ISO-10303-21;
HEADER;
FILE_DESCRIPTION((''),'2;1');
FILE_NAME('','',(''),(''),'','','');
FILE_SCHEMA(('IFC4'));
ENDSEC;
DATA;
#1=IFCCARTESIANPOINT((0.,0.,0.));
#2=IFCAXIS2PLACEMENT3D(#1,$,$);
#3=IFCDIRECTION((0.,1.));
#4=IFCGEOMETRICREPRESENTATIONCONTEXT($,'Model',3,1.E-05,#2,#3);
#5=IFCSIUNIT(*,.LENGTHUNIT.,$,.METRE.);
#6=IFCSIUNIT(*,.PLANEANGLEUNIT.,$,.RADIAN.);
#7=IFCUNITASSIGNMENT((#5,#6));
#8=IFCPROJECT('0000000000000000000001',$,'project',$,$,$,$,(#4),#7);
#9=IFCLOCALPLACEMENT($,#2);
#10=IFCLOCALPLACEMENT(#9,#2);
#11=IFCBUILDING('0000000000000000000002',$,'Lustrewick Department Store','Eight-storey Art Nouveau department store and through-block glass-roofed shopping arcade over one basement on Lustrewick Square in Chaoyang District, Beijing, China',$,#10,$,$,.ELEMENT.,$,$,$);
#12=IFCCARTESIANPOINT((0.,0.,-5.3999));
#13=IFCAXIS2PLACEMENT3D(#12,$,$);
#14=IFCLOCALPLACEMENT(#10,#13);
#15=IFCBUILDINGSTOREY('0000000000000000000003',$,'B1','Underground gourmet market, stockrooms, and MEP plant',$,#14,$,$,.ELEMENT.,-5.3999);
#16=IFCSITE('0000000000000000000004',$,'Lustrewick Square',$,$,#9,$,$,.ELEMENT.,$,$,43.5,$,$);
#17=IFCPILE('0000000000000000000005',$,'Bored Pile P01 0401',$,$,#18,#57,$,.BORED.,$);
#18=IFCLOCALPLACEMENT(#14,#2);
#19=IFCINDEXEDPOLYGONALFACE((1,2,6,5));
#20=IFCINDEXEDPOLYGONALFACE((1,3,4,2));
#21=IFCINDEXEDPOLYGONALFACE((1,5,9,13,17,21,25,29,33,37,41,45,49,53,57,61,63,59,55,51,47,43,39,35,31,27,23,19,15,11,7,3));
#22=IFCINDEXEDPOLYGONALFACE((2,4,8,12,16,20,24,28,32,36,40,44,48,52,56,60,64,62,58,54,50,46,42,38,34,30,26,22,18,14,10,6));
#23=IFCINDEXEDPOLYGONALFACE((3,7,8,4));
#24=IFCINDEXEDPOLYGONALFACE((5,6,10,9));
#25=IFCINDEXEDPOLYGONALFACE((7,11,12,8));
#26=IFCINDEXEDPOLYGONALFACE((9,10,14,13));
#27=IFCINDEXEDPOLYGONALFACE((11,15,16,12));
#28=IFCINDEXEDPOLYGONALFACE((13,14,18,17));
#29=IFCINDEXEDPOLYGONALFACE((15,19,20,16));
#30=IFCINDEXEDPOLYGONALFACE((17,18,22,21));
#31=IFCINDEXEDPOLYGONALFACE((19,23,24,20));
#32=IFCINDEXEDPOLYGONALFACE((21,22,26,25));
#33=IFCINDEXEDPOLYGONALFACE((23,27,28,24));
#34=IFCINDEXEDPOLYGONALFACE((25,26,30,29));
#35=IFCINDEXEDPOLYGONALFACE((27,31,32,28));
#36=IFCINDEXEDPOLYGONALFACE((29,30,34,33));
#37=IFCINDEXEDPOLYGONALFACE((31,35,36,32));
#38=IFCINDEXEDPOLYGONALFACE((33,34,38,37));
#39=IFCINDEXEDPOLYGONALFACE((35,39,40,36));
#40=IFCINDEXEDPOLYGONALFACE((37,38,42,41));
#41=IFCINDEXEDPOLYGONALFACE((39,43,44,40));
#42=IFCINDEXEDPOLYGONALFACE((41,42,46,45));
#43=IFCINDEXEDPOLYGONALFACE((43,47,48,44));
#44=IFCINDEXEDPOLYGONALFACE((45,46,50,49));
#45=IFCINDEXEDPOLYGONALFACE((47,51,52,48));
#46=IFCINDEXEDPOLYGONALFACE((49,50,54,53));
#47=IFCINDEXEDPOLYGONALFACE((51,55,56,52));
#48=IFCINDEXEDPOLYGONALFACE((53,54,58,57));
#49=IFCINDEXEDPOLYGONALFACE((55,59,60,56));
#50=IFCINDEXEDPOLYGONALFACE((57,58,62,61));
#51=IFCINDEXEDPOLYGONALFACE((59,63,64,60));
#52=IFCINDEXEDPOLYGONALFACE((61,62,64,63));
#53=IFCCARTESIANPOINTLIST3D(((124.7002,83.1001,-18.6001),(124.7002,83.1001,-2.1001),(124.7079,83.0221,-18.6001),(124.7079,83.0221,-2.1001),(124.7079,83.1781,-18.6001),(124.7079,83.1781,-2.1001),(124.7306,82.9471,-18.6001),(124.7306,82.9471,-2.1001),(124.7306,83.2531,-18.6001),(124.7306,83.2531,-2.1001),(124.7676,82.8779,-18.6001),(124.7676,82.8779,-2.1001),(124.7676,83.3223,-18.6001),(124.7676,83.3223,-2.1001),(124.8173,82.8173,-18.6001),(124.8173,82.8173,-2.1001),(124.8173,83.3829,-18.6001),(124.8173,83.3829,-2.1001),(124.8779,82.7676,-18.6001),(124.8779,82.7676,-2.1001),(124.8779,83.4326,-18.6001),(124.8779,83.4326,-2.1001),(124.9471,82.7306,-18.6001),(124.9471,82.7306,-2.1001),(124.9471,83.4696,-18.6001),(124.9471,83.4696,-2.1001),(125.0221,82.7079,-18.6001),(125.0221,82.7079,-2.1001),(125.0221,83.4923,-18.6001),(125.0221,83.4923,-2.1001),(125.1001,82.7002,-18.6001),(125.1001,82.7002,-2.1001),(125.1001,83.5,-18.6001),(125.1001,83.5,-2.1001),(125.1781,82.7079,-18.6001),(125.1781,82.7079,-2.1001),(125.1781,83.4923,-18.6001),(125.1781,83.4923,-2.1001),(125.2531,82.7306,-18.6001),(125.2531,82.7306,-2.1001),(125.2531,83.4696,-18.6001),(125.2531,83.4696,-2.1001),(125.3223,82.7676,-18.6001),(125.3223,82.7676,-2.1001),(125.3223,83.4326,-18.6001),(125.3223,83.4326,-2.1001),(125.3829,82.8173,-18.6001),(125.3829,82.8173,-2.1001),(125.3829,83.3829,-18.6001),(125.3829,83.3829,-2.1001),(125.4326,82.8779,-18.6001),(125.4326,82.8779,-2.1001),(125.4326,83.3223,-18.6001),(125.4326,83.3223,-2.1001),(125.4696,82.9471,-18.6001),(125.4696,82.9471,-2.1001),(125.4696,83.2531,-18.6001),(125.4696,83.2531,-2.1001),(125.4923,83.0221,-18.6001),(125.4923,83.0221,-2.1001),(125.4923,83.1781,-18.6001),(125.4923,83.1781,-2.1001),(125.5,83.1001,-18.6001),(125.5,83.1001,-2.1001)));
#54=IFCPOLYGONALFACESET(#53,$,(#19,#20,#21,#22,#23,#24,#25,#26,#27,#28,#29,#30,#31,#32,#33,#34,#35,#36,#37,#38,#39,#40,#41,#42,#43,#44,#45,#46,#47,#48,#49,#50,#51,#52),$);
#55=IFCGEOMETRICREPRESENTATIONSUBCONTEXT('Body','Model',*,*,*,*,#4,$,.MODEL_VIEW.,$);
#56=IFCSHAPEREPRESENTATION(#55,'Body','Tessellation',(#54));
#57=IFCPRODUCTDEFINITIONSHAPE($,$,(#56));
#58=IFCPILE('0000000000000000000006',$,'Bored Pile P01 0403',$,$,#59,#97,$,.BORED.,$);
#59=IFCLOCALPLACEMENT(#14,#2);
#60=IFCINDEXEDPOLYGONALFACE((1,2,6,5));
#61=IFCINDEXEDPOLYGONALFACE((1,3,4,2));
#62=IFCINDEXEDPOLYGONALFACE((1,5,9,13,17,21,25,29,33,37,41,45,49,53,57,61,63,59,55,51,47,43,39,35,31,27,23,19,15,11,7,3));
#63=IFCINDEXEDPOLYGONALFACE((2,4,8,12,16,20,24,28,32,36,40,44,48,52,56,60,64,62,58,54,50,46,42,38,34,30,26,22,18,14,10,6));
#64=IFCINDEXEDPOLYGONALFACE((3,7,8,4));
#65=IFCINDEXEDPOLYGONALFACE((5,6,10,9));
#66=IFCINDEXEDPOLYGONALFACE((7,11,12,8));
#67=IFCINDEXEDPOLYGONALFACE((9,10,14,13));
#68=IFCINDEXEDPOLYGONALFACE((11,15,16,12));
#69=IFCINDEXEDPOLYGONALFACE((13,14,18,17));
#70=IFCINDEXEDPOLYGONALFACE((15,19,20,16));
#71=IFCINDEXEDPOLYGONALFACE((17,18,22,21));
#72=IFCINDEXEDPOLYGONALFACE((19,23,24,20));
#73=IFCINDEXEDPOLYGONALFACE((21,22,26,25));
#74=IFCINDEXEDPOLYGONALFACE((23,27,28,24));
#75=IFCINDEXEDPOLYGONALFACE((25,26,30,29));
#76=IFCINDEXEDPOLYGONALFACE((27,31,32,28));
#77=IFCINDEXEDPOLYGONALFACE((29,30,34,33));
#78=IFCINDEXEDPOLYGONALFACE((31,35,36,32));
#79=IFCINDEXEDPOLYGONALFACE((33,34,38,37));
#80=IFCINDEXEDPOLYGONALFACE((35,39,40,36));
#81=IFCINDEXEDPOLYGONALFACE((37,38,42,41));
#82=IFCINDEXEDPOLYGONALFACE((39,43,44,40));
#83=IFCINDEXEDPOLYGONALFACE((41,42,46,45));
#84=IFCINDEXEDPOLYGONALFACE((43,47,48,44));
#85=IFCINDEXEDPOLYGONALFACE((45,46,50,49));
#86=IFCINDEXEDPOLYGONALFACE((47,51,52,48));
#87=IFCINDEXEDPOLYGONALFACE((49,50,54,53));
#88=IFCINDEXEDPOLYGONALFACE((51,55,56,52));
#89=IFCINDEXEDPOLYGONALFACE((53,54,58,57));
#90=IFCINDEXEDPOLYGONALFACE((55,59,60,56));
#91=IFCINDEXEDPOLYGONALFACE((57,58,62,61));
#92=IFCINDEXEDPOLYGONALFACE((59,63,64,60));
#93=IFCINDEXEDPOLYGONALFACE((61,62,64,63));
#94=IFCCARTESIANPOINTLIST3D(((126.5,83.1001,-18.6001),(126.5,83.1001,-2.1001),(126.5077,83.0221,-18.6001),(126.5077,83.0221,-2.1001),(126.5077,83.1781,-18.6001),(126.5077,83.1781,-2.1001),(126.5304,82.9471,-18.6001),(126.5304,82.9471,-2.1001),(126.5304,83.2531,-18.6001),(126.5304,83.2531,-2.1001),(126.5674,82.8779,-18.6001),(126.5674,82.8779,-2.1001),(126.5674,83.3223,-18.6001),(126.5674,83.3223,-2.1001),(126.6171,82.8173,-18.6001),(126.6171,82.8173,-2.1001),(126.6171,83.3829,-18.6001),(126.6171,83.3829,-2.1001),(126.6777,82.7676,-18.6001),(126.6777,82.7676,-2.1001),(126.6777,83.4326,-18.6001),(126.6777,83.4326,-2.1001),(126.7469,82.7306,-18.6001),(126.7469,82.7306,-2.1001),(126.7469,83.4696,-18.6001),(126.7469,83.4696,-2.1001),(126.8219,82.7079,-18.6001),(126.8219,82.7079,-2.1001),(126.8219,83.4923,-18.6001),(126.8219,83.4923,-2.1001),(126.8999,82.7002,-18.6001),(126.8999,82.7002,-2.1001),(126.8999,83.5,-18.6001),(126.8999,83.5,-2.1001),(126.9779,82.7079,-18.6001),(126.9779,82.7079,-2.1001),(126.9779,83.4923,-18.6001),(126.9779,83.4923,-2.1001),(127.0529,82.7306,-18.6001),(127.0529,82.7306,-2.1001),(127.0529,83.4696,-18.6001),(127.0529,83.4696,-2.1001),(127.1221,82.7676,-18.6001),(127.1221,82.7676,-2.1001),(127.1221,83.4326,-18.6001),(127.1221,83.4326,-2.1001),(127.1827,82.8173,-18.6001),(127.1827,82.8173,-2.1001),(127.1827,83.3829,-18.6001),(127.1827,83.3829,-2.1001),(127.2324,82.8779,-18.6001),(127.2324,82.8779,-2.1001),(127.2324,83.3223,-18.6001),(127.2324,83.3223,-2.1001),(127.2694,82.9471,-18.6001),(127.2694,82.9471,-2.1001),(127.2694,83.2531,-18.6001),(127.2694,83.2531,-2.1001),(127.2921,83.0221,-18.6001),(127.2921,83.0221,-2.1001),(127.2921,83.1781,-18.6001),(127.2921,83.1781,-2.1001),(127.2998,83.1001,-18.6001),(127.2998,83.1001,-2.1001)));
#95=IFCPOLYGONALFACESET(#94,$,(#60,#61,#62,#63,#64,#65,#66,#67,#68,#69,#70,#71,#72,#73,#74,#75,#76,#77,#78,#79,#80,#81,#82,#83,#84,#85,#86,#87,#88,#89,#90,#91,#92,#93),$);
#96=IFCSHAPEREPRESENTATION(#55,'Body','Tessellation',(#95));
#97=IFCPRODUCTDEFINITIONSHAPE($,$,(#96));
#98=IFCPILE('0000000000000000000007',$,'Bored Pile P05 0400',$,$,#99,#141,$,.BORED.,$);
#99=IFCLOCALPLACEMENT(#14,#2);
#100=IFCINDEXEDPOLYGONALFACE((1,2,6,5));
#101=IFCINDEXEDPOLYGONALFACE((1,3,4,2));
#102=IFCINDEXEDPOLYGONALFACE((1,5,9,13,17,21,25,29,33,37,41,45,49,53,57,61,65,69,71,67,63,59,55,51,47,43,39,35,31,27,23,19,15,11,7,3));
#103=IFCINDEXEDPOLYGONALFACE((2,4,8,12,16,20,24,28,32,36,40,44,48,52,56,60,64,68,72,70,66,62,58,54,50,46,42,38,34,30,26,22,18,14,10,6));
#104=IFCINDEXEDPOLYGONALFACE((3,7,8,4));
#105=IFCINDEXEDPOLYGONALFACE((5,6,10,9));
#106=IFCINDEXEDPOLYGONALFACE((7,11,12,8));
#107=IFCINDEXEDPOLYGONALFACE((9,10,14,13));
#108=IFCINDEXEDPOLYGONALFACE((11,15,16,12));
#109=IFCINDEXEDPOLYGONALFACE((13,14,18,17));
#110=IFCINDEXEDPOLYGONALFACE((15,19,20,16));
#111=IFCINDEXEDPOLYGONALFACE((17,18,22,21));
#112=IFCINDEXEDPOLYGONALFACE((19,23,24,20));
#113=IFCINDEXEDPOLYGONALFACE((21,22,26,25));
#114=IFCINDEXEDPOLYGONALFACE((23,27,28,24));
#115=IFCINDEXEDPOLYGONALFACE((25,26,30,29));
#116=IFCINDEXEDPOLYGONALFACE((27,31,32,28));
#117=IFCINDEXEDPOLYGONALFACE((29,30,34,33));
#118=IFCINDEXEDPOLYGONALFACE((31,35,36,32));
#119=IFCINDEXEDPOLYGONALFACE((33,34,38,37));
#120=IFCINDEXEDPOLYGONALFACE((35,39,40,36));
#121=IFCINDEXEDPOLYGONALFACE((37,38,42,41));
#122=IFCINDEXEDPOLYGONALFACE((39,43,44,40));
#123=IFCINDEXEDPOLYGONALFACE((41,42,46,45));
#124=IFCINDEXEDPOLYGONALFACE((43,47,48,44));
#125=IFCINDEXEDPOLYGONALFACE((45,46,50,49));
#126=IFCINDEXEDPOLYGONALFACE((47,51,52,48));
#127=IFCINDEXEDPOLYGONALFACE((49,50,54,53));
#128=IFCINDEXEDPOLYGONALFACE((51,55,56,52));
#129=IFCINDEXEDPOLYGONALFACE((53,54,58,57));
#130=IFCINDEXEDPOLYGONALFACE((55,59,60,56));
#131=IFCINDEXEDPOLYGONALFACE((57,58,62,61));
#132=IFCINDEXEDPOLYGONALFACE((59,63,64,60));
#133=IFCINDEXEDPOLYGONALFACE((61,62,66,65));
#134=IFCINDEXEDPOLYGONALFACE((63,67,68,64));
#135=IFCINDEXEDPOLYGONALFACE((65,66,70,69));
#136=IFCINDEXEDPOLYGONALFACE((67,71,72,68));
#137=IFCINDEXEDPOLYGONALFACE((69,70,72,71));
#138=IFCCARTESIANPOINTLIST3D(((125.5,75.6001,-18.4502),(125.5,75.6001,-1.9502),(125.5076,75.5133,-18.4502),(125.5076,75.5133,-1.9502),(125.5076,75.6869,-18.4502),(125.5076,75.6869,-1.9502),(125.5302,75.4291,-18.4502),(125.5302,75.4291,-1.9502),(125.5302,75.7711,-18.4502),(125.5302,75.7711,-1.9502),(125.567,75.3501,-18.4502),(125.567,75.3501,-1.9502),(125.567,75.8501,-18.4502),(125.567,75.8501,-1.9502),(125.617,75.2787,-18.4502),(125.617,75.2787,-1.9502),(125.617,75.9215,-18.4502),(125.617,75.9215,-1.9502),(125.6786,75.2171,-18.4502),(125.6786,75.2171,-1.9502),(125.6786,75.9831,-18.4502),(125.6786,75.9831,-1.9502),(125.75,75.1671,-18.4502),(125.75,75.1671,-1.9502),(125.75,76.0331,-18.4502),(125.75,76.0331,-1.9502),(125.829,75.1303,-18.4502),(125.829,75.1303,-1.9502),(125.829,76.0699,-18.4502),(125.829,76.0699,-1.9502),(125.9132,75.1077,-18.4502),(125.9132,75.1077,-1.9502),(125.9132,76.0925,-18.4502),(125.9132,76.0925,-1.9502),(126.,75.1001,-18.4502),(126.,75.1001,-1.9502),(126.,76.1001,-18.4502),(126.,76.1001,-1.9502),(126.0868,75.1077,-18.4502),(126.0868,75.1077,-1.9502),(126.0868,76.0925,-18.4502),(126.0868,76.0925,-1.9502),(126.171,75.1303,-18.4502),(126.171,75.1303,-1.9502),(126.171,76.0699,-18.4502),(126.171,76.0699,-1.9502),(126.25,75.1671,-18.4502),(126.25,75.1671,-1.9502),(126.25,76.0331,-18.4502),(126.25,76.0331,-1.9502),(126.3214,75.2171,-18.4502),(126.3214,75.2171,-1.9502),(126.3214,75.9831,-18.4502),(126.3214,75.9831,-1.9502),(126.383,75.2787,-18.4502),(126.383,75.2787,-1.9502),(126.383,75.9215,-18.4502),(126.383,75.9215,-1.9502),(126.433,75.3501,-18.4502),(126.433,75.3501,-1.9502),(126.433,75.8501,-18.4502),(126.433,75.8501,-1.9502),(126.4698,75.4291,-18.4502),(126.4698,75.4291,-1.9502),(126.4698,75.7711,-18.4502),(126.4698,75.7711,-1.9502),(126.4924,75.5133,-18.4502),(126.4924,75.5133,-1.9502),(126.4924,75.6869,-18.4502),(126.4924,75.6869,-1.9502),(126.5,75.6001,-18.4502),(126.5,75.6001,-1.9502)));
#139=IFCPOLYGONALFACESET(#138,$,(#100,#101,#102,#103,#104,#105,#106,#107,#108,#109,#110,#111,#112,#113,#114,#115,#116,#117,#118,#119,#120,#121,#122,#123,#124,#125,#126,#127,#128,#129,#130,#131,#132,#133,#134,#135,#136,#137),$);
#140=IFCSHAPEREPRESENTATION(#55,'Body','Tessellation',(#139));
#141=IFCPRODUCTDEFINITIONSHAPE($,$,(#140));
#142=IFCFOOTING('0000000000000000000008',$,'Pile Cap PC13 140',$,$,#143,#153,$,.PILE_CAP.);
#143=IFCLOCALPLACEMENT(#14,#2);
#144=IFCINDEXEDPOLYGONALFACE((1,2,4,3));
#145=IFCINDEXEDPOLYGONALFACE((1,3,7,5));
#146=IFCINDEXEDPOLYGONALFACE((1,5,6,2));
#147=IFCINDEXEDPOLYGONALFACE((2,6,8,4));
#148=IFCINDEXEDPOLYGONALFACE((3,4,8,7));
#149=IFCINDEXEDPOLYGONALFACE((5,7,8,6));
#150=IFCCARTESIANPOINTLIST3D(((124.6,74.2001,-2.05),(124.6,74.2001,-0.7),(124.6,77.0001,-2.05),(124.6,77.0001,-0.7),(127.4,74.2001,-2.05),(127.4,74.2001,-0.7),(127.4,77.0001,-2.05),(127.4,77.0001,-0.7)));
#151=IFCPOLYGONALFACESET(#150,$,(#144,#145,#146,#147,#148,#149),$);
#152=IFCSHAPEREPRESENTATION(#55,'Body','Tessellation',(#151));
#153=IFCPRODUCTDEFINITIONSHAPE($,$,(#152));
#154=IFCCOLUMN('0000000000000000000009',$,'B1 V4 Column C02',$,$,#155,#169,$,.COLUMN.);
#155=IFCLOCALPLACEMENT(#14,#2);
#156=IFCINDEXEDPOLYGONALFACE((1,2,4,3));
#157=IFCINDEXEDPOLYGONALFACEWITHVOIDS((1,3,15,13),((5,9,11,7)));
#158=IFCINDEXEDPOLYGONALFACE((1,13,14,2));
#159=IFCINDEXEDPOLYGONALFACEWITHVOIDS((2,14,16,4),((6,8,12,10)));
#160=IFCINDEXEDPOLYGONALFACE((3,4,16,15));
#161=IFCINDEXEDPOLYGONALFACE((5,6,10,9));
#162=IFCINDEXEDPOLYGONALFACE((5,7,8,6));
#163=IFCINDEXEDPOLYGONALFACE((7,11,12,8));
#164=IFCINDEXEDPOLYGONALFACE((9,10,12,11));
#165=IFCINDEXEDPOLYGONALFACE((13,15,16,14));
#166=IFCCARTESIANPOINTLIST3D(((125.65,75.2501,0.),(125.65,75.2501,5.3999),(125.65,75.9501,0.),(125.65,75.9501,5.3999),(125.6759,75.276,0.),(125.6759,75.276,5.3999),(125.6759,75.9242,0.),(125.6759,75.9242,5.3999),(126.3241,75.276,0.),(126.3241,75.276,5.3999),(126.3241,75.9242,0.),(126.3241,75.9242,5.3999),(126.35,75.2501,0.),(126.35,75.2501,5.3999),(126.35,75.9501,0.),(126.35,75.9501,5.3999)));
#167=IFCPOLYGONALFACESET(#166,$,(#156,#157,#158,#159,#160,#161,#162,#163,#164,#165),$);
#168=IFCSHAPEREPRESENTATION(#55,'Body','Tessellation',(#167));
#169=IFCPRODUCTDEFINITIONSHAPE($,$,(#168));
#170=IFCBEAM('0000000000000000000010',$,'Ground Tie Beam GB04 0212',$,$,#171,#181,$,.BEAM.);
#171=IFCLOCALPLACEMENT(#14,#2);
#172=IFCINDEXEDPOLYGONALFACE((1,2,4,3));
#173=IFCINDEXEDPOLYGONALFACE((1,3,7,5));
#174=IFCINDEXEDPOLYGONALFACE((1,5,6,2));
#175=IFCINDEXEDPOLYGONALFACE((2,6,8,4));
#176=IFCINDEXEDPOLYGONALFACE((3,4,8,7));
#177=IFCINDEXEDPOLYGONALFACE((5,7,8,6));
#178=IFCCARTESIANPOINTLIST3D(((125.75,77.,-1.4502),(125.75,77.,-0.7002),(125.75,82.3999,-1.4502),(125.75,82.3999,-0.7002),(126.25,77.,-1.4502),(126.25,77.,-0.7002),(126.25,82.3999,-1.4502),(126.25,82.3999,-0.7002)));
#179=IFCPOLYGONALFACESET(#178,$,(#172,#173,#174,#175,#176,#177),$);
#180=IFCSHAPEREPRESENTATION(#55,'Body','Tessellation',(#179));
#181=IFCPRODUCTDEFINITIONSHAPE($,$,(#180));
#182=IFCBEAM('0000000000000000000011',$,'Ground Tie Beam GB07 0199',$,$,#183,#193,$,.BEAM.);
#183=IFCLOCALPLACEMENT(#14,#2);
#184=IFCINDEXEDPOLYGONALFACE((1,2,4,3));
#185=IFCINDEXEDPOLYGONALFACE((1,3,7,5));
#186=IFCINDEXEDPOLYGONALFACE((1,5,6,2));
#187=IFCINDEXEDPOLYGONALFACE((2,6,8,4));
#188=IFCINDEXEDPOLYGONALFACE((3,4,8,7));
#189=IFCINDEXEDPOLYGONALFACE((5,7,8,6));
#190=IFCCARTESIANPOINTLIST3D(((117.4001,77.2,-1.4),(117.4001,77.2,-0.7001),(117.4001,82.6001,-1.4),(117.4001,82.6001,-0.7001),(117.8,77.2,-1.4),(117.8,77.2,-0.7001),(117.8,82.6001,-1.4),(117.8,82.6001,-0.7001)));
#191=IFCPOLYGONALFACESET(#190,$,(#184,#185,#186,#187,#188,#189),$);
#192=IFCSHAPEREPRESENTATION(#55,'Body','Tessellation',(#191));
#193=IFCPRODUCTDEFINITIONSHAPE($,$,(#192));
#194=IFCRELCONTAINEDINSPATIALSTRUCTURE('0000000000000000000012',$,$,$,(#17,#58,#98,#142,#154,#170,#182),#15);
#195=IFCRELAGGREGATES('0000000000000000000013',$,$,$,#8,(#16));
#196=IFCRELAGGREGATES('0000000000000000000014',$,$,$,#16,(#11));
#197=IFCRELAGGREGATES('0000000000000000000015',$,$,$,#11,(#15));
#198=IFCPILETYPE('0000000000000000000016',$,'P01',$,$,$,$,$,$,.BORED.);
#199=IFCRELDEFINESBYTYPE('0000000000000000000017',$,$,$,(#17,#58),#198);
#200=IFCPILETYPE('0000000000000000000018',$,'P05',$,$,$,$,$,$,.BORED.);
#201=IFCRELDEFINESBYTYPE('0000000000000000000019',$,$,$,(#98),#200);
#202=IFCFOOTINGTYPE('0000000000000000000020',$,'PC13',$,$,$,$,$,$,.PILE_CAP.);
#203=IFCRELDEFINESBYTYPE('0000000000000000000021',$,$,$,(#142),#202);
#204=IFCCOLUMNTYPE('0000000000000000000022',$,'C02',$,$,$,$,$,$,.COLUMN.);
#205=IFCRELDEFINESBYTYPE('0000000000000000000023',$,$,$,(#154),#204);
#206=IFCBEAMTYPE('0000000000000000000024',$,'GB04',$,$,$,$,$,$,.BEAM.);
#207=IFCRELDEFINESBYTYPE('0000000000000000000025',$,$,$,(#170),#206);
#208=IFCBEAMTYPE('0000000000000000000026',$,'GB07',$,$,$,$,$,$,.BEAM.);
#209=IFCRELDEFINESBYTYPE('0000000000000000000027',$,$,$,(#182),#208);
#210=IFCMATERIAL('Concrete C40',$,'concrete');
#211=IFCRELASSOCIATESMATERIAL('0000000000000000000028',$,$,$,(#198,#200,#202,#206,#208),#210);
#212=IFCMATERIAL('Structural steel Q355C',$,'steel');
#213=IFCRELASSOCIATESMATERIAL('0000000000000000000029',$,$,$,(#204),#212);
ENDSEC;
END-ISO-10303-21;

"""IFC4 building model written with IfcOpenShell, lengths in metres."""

from ifc_helpers import new_model, si_unit, direction, frame, origin, origin_2d, place, context, subcontext, project, spatial, rectangle, hollow_rectangle, circle, extrude, material, material_profile, profile_set, type_object, element, save


model = new_model("IFC4")

# Units and contexts
model_context = context("Model", 3, precision=1e-05, world=origin(), true_north=direction((0.0, 1.0)))
body_context = subcontext(model_context, "Body", "Model", "MODEL_VIEW")
ifc_project = project(units=[si_unit("LENGTHUNIT", "METRE"), si_unit("PLANEANGLEUNIT", "RADIAN")], contexts=[model_context])

# Site, building, storey
site_placement = place(None, origin())
site = spatial("IfcSite", under=ifc_project, at=site_placement, Name="Lustrewick Square", CompositionType="ELEMENT", RefElevation=43.5)
building_placement = place(site_placement, origin())
building = spatial("IfcBuilding", under=site, at=building_placement, Name="Lustrewick Department Store", Description="Eight-storey Art Nouveau department store and through-block glass-roofed shopping arcade over one basement on Lustrewick Square in Chaoyang District, Beijing, China", CompositionType="ELEMENT")
storey_placement = place(building_placement, frame((0.0, 0.0, -5.3999)))
storey = spatial("IfcBuildingStorey", under=building, at=storey_placement, Name="B1", Description="Underground gourmet market, stockrooms, and MEP plant", CompositionType="ELEMENT", Elevation=-5.3999)

# Piles
ifc_material_1 = material(Name="Concrete C40", Category="concrete")
ifc_material_profile_1 = material_profile(ifc_material_1, circle(Radius=0.3999, at=origin_2d()), Name="PILE D800")
ifc_profile_set_1 = profile_set([ifc_material_profile_1], Name="Concrete C40")
pile_type_1 = type_object("IfcPileType", Name="P01", PredefinedType="BORED", material=ifc_profile_set_1)
for number, where, z_axis, x_axis, name in (
    (1, (125.1001, 83.1001, -2.1001), (0.0, 0.0, -1.0), (1.0, 0.0, 0.0), "Bored Pile P01 0401"),
    (2, (126.8999, 83.1001, -2.1001), (0.0, 0.0, -1.0), (1.0, 0.0, 0.0), "Bored Pile P01 0403"),
):
    element("IfcPile", number, at=place(storey_placement, frame(where, z_axis=z_axis, x_axis=x_axis)), inside=storey, type_object=pile_type_1, Name=name, PredefinedType="BORED", context=body_context, shape_type="SweptSolid", body=[
        extrude(circle(Radius=0.3999, at=origin_2d()), origin(), (0.0, 0.0, 1.0), 16.5),
    ])
ifc_material_profile_2 = material_profile(ifc_material_1, circle(Radius=0.5, at=origin_2d()), Name="PILE D1000")
ifc_profile_set_2 = profile_set([ifc_material_profile_2], Name="Concrete C40")
pile_type_2 = type_object("IfcPileType", Name="P05", PredefinedType="BORED", material=ifc_profile_set_2)
pile_placement = place(storey_placement, frame((126.0, 75.6001, -1.9502), z_axis=(0.0, 0.0, -1.0), x_axis=(1.0, 0.0, 0.0)))
element("IfcPile", 3, at=pile_placement, inside=storey, type_object=pile_type_2, Name="Bored Pile P05 0400", PredefinedType="BORED", context=body_context, shape_type="SweptSolid", body=[
    extrude(circle(Radius=0.5, at=origin_2d()), origin(), (0.0, 0.0, 1.0), 16.5),
])

# Footing
footing_type = type_object("IfcFootingType", Name="PC13", PredefinedType="PILE_CAP", material=ifc_material_1)
footing_placement = place(storey_placement, frame((126.0, 75.6001, -2.05), z_axis=(0.0, 0.0, 1.0), x_axis=(1.0, 0.0, 0.0)))
element("IfcFooting", 4, at=footing_placement, inside=storey, type_object=footing_type, Name="Pile Cap PC13 140", PredefinedType="PILE_CAP", context=body_context, shape_type="SweptSolid", body=[
    extrude(rectangle(XDim=2.8, YDim=2.8, at=origin_2d()), origin(), (0.0, 0.0, 1.0), 1.3501),
])

# Column
ifc_material_2 = material(Name="Structural steel Q355C", Category="steel")
ifc_material_profile_3 = material_profile(ifc_material_2, hollow_rectangle(XDim=0.7, YDim=0.7, WallThickness=0.0259, at=origin_2d()), Name="BOX 700x700x26")
ifc_profile_set_3 = profile_set([ifc_material_profile_3], Name="Structural steel Q355C")
column_type = type_object("IfcColumnType", Name="C02", PredefinedType="COLUMN", material=ifc_profile_set_3)
column_placement = place(storey_placement, frame((126.0, 75.6001, 0.0), z_axis=(0.0, 0.0, 1.0), x_axis=(1.0, 0.0, 0.0)))
element("IfcColumn", 5, at=column_placement, inside=storey, type_object=column_type, Name="B1 V4 Column C02", PredefinedType="COLUMN", context=body_context, shape_type="SweptSolid", body=[
    extrude(hollow_rectangle(XDim=0.7, YDim=0.7, WallThickness=0.0259, at=origin_2d()), origin(), (0.0, 0.0, 1.0), 5.3999),
])

# Beams
ifc_material_profile_4 = material_profile(ifc_material_1, rectangle(XDim=0.5, YDim=0.75, at=origin_2d()), Name="RC 500x750")
ifc_profile_set_4 = profile_set([ifc_material_profile_4], Name="Concrete C40")
beam_type_1 = type_object("IfcBeamType", Name="GB04", PredefinedType="BEAM", material=ifc_profile_set_4)
beam_1_placement = place(storey_placement, frame((126.0, 77.0, -1.0752), z_axis=(0.0, 1.0, 0.0), x_axis=(-1.0, 0.0, 0.0)))
element("IfcBeam", 6, at=beam_1_placement, inside=storey, type_object=beam_type_1, Name="Ground Tie Beam GB04 0212", PredefinedType="BEAM", context=body_context, shape_type="SweptSolid", body=[
    extrude(rectangle(XDim=0.5, YDim=0.75, at=origin_2d()), origin(), (0.0, 0.0, 1.0), 5.3999),
])
ifc_material_profile_5 = material_profile(ifc_material_1, rectangle(XDim=0.3999, YDim=0.7, at=origin_2d()), Name="RC 400x700")
ifc_profile_set_5 = profile_set([ifc_material_profile_5], Name="Concrete C40")
beam_type_2 = type_object("IfcBeamType", Name="GB07", PredefinedType="BEAM", material=ifc_profile_set_5)
beam_2_placement = place(storey_placement, frame((117.6001, 77.2, -1.05), z_axis=(0.0, 1.0, 0.0), x_axis=(-1.0, 0.0, 0.0)))
element("IfcBeam", 7, at=beam_2_placement, inside=storey, type_object=beam_type_2, Name="Ground Tie Beam GB07 0199", PredefinedType="BEAM", context=body_context, shape_type="SweptSolid", body=[
    extrude(rectangle(XDim=0.3999, YDim=0.7, at=origin_2d()), origin(), (0.0, 0.0, 1.0), 5.4001),
])

save(model, "model.ifc")
